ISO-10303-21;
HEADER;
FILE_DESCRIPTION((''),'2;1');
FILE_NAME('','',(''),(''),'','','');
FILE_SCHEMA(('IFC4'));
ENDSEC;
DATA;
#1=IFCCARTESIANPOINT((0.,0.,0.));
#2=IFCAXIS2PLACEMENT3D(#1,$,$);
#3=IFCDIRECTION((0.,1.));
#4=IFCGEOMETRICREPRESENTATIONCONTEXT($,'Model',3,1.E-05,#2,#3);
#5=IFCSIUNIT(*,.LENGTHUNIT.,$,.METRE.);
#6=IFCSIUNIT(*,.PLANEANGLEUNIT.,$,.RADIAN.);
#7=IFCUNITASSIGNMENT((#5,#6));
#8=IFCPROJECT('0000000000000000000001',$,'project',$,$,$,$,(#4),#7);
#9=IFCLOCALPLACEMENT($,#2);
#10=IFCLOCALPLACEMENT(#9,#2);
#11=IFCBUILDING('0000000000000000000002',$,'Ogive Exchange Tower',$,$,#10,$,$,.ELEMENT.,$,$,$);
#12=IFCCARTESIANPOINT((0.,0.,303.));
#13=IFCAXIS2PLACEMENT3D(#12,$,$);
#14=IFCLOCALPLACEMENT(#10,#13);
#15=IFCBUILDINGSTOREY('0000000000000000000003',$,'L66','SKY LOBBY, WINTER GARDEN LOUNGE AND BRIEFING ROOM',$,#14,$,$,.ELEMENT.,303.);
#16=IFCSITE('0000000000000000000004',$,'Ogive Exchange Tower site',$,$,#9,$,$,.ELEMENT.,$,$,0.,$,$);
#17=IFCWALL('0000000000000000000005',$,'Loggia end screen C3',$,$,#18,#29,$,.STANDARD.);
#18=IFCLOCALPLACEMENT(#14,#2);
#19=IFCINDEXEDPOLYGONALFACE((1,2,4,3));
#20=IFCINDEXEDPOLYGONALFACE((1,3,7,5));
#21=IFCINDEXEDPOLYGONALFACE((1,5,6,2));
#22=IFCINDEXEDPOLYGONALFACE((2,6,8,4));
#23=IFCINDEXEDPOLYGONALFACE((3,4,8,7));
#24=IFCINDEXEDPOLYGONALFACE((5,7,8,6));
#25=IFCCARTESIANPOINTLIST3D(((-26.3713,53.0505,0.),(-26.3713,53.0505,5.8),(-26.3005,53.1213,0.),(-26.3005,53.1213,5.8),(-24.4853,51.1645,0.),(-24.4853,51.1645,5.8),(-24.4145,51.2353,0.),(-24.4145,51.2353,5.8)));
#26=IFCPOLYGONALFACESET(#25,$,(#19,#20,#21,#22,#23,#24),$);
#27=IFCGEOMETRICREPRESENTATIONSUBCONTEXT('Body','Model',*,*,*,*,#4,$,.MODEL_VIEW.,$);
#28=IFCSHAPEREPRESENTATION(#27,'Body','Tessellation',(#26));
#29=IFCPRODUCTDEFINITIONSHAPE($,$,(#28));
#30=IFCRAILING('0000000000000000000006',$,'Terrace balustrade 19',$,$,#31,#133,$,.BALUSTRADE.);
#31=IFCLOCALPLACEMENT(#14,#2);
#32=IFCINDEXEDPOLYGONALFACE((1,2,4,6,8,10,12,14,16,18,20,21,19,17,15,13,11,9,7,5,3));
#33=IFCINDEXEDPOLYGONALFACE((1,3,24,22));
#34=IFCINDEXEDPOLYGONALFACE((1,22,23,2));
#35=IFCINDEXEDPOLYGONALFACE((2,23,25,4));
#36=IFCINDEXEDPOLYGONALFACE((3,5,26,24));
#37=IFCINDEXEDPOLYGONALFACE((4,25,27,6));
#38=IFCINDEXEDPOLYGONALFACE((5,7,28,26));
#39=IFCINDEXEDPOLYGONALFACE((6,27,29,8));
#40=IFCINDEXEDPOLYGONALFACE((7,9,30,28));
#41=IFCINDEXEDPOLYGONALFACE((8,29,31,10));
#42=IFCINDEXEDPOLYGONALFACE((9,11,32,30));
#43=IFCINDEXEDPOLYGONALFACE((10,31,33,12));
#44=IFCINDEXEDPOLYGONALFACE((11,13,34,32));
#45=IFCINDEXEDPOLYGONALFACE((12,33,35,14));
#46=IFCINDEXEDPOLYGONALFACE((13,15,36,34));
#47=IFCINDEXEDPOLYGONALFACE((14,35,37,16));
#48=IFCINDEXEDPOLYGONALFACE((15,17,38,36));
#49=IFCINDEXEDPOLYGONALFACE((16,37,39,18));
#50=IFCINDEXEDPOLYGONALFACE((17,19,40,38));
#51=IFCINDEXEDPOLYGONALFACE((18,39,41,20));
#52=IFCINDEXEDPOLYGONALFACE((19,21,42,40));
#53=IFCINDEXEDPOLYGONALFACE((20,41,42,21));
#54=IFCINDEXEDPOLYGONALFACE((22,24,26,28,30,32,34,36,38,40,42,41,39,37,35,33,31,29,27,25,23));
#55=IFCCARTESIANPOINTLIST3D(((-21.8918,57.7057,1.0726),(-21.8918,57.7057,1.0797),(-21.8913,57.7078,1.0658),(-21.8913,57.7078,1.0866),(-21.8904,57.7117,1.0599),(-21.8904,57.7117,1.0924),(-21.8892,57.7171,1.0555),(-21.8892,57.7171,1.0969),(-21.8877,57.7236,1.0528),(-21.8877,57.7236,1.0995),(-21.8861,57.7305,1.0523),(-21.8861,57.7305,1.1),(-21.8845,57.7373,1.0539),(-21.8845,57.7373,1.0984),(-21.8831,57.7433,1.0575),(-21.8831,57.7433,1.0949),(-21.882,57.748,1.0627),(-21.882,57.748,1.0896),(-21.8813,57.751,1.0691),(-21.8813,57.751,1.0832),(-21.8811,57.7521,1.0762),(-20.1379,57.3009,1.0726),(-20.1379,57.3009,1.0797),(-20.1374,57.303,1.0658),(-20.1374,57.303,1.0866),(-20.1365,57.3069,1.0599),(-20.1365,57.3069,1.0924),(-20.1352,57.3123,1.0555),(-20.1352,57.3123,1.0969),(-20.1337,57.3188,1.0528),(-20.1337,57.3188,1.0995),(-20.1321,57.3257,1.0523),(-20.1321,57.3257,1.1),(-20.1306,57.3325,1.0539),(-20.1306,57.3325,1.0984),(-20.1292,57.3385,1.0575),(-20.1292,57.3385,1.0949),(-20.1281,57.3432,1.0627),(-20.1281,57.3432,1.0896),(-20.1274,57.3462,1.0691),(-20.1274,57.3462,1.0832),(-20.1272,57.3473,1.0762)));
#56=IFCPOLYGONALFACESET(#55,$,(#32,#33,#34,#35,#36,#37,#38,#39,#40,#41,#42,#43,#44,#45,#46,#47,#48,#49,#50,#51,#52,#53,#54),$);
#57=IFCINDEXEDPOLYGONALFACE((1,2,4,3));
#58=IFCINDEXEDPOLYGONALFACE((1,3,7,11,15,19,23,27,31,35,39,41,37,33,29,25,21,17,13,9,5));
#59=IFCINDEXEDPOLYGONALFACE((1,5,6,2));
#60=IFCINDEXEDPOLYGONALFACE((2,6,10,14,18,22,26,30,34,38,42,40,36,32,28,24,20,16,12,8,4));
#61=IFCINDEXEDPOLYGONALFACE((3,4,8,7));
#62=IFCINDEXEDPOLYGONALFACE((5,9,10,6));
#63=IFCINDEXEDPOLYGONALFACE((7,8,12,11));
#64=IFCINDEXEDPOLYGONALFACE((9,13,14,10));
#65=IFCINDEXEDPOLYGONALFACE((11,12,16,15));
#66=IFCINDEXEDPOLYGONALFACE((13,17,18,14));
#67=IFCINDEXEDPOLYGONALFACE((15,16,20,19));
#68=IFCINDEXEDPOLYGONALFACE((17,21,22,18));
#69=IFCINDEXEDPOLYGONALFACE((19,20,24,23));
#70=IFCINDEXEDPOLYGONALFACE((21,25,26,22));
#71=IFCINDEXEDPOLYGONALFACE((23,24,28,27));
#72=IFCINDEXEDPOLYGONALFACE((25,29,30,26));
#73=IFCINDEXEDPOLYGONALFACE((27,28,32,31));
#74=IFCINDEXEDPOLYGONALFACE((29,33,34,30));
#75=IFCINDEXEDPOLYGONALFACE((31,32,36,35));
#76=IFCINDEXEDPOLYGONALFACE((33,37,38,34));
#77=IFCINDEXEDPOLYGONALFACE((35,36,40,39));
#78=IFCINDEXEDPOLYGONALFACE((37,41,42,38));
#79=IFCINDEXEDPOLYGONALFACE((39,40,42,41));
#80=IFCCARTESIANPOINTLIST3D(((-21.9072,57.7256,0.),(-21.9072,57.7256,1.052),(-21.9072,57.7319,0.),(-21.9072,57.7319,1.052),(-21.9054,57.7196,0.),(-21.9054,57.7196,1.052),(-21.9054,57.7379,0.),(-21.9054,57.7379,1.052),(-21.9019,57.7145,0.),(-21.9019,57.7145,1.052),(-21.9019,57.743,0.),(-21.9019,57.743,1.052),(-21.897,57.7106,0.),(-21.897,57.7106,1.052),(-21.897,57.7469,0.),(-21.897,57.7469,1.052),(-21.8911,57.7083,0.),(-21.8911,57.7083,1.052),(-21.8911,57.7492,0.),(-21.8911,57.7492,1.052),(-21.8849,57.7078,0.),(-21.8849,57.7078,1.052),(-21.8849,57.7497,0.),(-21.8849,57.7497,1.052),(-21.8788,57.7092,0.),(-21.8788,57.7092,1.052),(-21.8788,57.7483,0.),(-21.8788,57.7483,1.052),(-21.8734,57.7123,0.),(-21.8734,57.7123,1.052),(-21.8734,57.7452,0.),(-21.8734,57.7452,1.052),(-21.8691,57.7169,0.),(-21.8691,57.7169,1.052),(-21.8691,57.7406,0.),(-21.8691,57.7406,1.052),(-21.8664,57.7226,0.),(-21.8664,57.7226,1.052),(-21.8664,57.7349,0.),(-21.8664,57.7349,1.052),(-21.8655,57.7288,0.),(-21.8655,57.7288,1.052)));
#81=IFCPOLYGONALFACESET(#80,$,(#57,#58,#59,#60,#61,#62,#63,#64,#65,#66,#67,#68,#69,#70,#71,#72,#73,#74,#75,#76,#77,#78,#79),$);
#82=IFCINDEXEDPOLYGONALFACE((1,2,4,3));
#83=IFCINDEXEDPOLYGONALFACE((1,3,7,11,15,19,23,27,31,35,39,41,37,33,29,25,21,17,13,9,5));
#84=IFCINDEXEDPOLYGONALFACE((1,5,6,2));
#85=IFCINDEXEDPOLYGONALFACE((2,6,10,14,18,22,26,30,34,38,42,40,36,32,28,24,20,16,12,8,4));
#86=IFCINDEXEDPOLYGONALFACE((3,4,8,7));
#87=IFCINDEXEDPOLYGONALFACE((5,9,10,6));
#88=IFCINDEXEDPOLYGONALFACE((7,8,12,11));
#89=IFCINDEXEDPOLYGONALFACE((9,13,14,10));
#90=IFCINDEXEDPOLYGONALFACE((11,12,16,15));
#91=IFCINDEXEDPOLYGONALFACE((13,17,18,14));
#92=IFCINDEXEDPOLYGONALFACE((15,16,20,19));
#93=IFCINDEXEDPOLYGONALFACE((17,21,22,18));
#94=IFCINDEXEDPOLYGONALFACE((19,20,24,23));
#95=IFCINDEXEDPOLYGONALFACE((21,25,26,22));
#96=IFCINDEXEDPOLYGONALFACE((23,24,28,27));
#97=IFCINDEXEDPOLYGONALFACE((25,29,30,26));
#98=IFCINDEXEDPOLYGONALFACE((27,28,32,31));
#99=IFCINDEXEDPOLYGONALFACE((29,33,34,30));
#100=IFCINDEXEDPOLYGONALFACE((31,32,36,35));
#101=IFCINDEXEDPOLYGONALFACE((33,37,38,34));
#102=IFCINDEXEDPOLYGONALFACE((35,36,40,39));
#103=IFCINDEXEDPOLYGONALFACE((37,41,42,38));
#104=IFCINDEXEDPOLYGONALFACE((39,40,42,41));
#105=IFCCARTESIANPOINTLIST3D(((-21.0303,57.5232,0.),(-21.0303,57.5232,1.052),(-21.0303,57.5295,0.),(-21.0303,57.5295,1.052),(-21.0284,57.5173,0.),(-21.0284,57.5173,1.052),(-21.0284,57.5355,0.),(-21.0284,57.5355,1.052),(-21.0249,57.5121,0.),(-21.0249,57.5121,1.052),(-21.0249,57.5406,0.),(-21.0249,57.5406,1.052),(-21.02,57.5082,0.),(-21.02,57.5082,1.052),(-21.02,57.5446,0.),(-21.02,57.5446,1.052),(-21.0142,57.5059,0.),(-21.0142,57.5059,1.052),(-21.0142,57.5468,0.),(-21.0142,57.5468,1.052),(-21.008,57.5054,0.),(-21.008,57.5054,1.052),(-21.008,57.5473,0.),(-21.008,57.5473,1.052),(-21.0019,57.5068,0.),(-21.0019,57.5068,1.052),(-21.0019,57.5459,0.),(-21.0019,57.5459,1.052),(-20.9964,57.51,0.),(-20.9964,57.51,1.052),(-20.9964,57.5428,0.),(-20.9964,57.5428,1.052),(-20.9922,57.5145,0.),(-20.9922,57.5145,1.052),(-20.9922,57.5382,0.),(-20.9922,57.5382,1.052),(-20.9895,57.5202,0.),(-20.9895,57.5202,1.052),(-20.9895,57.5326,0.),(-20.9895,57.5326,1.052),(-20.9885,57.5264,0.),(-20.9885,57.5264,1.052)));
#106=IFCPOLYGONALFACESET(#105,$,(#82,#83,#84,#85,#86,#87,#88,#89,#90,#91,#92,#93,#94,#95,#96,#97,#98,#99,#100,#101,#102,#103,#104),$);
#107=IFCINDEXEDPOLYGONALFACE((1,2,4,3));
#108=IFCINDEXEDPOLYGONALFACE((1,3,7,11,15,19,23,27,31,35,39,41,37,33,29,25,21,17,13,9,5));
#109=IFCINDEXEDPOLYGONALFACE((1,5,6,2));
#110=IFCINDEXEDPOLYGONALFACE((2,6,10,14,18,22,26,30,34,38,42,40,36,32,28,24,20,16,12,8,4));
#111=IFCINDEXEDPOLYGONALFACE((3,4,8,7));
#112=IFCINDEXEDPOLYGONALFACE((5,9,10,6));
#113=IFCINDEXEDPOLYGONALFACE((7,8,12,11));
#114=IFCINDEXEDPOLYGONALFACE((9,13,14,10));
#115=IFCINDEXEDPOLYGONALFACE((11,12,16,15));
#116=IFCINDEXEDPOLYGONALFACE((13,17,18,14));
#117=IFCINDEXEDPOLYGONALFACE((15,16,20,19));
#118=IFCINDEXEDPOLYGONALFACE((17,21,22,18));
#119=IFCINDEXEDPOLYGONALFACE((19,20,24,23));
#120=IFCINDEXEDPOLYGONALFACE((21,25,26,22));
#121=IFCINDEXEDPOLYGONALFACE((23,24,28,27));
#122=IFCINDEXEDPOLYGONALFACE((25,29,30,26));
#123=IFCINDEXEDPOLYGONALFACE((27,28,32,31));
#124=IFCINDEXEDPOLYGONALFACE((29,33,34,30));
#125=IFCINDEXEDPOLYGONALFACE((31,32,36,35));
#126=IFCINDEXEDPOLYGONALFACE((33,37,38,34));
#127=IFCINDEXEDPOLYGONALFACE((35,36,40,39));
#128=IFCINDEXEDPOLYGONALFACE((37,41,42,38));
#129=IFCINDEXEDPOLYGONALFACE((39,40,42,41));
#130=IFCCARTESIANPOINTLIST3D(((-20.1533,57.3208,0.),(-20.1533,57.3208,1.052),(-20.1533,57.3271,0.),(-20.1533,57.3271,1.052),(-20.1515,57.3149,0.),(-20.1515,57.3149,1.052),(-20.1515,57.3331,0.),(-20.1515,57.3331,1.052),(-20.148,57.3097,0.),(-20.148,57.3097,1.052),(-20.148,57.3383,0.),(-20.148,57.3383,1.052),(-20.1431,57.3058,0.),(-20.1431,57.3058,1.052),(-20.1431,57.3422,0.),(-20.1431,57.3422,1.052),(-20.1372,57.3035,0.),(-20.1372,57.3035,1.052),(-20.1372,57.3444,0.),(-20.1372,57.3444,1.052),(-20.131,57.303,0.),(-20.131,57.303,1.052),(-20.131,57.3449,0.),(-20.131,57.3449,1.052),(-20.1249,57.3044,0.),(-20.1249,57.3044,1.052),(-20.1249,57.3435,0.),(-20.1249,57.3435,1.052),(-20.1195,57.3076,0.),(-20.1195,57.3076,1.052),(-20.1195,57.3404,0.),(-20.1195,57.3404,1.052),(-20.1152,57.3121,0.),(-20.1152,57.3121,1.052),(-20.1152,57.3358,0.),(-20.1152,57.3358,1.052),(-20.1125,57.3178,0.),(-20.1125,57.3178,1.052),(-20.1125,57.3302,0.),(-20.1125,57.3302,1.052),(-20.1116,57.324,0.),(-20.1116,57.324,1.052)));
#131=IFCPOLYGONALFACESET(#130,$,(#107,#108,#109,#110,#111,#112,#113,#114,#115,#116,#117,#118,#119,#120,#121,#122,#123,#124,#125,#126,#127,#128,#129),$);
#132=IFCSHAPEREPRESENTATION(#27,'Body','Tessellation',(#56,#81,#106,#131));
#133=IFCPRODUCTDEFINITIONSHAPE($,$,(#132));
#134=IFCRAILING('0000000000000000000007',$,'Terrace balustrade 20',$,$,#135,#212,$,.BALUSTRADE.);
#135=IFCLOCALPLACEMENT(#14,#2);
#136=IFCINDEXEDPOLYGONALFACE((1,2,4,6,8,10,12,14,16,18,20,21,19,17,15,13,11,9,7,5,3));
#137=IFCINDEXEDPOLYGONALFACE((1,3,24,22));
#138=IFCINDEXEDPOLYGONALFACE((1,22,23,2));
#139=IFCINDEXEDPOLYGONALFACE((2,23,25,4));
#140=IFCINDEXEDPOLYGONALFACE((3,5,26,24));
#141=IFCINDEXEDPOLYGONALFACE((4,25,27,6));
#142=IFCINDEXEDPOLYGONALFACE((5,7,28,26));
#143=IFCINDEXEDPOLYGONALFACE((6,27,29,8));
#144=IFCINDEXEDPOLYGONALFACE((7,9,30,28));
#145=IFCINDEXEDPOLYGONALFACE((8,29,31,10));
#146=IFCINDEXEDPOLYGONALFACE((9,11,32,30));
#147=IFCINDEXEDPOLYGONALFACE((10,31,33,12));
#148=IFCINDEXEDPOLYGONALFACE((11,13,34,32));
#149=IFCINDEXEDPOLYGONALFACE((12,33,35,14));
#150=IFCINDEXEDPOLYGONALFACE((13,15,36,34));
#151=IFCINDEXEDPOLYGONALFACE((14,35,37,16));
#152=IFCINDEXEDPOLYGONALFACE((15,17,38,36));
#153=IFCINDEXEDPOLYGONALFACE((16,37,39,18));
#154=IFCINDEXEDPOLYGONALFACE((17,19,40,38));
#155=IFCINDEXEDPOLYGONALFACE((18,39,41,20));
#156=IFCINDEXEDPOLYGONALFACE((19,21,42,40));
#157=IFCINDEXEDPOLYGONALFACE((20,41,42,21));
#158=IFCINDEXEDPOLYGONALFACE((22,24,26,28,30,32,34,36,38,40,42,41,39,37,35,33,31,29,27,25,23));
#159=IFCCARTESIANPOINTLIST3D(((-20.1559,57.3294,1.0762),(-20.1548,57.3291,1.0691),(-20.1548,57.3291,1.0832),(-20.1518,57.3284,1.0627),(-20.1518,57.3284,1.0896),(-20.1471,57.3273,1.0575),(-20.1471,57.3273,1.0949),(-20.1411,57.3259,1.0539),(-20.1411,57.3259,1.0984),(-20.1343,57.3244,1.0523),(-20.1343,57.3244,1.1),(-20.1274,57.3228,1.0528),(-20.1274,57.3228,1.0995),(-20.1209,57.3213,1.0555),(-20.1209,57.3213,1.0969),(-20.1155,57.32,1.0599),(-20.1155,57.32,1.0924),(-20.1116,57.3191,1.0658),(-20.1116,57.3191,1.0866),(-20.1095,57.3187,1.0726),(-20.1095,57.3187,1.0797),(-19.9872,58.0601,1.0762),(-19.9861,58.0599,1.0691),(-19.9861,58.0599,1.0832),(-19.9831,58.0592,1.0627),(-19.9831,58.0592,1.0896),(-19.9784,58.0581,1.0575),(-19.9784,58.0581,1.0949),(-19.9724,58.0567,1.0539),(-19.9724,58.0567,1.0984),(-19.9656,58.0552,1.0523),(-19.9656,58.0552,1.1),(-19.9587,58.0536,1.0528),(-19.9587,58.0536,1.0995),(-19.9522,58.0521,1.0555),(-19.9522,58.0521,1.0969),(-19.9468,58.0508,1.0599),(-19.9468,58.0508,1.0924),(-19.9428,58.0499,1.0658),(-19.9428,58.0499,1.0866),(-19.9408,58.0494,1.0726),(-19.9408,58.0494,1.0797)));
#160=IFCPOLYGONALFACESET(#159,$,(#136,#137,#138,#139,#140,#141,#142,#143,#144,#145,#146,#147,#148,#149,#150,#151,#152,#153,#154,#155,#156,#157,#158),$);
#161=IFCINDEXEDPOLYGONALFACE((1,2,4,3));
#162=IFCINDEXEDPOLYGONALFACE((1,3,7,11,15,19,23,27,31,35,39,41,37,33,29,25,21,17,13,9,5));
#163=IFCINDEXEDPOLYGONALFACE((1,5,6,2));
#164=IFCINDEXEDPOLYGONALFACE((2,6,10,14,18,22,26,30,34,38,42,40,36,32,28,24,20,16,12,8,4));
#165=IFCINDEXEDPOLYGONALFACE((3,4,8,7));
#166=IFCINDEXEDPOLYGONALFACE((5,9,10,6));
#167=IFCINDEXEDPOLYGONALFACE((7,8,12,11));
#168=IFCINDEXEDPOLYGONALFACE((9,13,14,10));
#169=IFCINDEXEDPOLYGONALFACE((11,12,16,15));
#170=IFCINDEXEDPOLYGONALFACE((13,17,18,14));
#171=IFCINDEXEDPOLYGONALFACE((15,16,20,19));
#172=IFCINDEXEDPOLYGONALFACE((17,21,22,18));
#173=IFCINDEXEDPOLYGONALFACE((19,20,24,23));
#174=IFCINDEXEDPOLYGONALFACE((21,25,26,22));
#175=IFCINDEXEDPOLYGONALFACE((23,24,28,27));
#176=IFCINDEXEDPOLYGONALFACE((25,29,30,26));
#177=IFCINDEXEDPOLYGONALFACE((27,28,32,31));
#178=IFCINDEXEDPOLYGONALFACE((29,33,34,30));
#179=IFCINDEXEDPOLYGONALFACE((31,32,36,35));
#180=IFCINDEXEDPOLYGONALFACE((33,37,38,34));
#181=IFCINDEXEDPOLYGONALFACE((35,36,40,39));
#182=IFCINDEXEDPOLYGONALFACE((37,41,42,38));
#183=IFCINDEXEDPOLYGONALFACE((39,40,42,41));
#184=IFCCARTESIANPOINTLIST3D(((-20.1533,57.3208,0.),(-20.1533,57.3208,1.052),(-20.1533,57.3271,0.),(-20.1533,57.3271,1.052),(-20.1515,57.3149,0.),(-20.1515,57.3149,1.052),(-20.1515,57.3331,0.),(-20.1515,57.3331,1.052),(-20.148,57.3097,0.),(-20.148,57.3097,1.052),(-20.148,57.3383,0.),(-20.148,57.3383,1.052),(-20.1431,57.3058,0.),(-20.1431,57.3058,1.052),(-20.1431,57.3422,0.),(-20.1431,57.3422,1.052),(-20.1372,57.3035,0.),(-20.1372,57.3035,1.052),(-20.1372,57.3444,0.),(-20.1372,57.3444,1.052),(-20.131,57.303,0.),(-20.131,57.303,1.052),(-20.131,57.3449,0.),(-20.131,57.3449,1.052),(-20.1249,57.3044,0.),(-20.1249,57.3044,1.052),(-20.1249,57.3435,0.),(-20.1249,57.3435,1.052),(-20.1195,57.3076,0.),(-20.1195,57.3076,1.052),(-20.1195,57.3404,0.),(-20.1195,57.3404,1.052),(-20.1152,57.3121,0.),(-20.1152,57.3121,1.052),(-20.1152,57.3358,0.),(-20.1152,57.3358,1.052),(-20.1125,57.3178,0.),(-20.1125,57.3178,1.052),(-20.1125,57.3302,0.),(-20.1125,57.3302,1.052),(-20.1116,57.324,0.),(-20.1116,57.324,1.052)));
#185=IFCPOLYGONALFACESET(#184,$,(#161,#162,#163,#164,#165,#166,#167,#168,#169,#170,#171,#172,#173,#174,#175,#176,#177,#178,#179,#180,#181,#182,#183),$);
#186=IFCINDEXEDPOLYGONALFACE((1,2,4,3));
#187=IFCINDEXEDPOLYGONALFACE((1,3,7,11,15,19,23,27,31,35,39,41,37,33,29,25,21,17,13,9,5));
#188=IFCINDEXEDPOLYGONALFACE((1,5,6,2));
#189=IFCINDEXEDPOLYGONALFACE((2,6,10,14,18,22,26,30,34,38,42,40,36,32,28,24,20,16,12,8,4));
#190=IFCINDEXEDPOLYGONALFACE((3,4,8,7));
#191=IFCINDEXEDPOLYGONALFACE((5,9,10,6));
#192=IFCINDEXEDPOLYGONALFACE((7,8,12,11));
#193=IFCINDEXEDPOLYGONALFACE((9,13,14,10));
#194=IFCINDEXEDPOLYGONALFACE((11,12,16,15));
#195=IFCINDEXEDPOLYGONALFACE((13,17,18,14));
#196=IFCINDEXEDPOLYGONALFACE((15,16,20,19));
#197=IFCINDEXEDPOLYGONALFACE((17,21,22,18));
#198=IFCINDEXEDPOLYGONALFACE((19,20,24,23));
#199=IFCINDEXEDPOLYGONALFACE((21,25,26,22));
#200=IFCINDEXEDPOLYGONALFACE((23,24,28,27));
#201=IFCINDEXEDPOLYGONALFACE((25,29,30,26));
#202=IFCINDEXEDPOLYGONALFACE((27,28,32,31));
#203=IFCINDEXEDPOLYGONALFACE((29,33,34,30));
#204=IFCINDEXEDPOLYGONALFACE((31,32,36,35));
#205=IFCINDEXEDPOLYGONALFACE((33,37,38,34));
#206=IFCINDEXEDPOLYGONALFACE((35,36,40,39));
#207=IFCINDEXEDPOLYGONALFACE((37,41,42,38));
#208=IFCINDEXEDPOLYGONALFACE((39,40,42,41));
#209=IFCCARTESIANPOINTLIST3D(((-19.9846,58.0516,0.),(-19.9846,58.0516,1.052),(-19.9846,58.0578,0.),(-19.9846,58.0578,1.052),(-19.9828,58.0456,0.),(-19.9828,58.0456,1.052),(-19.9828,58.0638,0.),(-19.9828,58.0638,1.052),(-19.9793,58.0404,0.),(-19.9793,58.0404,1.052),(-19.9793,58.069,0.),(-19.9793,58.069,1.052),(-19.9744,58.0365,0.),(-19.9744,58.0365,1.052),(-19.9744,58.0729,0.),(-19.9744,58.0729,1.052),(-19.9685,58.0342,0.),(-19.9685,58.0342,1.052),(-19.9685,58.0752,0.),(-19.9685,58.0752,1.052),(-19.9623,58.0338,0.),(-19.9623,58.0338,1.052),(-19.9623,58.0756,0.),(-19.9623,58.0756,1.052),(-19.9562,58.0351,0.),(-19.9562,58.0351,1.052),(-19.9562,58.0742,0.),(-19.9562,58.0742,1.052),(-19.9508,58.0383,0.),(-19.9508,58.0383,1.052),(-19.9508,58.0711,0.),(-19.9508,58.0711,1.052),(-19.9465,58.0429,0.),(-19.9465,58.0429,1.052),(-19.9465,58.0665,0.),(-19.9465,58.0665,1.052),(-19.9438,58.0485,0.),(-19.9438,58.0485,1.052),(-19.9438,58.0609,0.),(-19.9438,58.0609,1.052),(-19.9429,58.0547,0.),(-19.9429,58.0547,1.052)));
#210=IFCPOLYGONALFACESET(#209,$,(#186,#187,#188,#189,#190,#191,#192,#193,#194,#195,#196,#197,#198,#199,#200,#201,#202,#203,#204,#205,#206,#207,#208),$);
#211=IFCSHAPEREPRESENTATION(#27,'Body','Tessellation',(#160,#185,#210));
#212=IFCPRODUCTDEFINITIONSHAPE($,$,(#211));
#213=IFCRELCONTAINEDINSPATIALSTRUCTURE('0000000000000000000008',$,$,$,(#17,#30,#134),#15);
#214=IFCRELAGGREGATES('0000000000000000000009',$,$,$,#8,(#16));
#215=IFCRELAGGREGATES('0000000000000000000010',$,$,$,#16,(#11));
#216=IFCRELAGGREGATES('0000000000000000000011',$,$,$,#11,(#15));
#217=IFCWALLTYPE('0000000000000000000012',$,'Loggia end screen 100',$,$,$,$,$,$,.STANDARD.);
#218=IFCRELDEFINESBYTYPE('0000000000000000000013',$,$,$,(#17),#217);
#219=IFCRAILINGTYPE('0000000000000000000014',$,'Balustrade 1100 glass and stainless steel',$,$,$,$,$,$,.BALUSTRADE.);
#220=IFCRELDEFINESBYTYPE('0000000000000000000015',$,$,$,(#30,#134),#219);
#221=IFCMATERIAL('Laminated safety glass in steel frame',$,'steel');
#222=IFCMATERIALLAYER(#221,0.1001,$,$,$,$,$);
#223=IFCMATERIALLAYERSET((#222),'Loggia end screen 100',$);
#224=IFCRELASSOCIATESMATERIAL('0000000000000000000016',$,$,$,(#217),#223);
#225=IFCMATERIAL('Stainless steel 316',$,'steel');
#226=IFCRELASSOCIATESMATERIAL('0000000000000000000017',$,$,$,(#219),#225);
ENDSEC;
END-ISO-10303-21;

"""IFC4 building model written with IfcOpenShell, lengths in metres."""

from ifc_helpers import new_model, si_unit, direction, frame, frame_2d, origin, origin_2d, place, context, subcontext, project, spatial, rectangle, circle, extrude, material, layer, layer_set, type_object, element, save


model = new_model("IFC4")

# Units and contexts
model_context = context("Model", 3, precision=1e-05, world=origin(), true_north=direction((0.0, 1.0)))
body_context = subcontext(model_context, "Body", "Model", "MODEL_VIEW")
ifc_project = project(units=[si_unit("LENGTHUNIT", "METRE"), si_unit("PLANEANGLEUNIT", "RADIAN")], contexts=[model_context])

# Site, building, storey
site_placement = place(None, origin())
site = spatial("IfcSite", under=ifc_project, at=site_placement, Name="Ogive Exchange Tower site", CompositionType="ELEMENT", RefElevation=0.0)
building_placement = place(site_placement, origin())
building = spatial("IfcBuilding", under=site, at=building_placement, Name="Ogive Exchange Tower", CompositionType="ELEMENT")
storey_placement = place(building_placement, frame((0.0, 0.0, 303.0)))
storey = spatial("IfcBuildingStorey", under=building, at=storey_placement, Name="L66", Description="SKY LOBBY, WINTER GARDEN LOUNGE AND BRIEFING ROOM", CompositionType="ELEMENT", Elevation=303.0)

# Wall
ifc_material_1 = material(Name="Laminated safety glass in steel frame", Category="steel")
ifc_layer_1 = layer(ifc_material_1, 0.1001)
ifc_layer_set_1 = layer_set([ifc_layer_1], Name="Loggia end screen 100")
wall_type = type_object("IfcWallType", Name="Loggia end screen 100", PredefinedType="STANDARD", material=ifc_layer_set_1)
wall_placement = place(storey_placement, frame((-24.45, 51.2, 0.0), z_axis=(0.0, 0.0, 1.0), x_axis=(-0.707107, 0.707107, 0.0)))
element("IfcWall", 1, at=wall_placement, inside=storey, type_object=wall_type, Name="Loggia end screen C3", PredefinedType="STANDARD", context=body_context, shape_type="SweptSolid", body=[
    extrude(rectangle(XDim=2.6672, YDim=0.1001, at=frame_2d((1.3335, 0.0))), origin(), (0.0, 0.0, 1.0), 5.8),
])

# Railings
ifc_material_2 = material(Name="Stainless steel 316", Category="steel")
railing_type_1 = type_object("IfcRailingType", Name="Balustrade 1100 glass and stainless steel", PredefinedType="BALUSTRADE", material=ifc_material_2)
railing_1_placement = place(storey_placement, frame((-21.8865, 57.7288, 0.0)))
element("IfcRailing", 2, at=railing_1_placement, inside=storey, type_object=railing_type_1, Name="Terrace balustrade 19", PredefinedType="BALUSTRADE", context=body_context, shape_type="SweptSolid", body=[
    extrude(circle(Radius=0.0239, at=origin_2d()), frame((0.0, 0.0, 1.0762), z_axis=(0.974387, -0.224879, 0.0), x_axis=(0.224879, 0.974387, 0.0)), (0.0, 0.0, 1.0), 1.8),
    extrude(circle(Radius=0.021, at=origin_2d()), origin(), (0.0, 0.0, 1.0), 1.052),
    extrude(circle(Radius=0.021, at=origin_2d()), frame((0.877, -0.2024, 0.0)), (0.0, 0.0, 1.0), 1.052),
    extrude(circle(Radius=0.021, at=origin_2d()), frame((1.7539, -0.4048, 0.0)), (0.0, 0.0, 1.0), 1.052),
])
railing_2_placement = place(storey_placement, frame((-20.1326, 57.324, 0.0)))
element("IfcRailing", 3, at=railing_2_placement, inside=storey, type_object=railing_type_1, Name="Terrace balustrade 20", PredefinedType="BALUSTRADE", context=body_context, shape_type="SweptSolid", body=[
    extrude(circle(Radius=0.0239, at=origin_2d()), frame((0.0, 0.0, 1.0762), z_axis=(0.224955, 0.974369, 0.0), x_axis=(-0.974369, 0.224955, 0.0)), (0.0, 0.0, 1.0), 0.75),
    extrude(circle(Radius=0.021, at=origin_2d()), origin(), (0.0, 0.0, 1.0), 1.052),
    extrude(circle(Radius=0.021, at=origin_2d()), frame((0.1687, 0.7307, 0.0)), (0.0, 0.0, 1.0), 1.052),
])

save(model, "model.ifc")
